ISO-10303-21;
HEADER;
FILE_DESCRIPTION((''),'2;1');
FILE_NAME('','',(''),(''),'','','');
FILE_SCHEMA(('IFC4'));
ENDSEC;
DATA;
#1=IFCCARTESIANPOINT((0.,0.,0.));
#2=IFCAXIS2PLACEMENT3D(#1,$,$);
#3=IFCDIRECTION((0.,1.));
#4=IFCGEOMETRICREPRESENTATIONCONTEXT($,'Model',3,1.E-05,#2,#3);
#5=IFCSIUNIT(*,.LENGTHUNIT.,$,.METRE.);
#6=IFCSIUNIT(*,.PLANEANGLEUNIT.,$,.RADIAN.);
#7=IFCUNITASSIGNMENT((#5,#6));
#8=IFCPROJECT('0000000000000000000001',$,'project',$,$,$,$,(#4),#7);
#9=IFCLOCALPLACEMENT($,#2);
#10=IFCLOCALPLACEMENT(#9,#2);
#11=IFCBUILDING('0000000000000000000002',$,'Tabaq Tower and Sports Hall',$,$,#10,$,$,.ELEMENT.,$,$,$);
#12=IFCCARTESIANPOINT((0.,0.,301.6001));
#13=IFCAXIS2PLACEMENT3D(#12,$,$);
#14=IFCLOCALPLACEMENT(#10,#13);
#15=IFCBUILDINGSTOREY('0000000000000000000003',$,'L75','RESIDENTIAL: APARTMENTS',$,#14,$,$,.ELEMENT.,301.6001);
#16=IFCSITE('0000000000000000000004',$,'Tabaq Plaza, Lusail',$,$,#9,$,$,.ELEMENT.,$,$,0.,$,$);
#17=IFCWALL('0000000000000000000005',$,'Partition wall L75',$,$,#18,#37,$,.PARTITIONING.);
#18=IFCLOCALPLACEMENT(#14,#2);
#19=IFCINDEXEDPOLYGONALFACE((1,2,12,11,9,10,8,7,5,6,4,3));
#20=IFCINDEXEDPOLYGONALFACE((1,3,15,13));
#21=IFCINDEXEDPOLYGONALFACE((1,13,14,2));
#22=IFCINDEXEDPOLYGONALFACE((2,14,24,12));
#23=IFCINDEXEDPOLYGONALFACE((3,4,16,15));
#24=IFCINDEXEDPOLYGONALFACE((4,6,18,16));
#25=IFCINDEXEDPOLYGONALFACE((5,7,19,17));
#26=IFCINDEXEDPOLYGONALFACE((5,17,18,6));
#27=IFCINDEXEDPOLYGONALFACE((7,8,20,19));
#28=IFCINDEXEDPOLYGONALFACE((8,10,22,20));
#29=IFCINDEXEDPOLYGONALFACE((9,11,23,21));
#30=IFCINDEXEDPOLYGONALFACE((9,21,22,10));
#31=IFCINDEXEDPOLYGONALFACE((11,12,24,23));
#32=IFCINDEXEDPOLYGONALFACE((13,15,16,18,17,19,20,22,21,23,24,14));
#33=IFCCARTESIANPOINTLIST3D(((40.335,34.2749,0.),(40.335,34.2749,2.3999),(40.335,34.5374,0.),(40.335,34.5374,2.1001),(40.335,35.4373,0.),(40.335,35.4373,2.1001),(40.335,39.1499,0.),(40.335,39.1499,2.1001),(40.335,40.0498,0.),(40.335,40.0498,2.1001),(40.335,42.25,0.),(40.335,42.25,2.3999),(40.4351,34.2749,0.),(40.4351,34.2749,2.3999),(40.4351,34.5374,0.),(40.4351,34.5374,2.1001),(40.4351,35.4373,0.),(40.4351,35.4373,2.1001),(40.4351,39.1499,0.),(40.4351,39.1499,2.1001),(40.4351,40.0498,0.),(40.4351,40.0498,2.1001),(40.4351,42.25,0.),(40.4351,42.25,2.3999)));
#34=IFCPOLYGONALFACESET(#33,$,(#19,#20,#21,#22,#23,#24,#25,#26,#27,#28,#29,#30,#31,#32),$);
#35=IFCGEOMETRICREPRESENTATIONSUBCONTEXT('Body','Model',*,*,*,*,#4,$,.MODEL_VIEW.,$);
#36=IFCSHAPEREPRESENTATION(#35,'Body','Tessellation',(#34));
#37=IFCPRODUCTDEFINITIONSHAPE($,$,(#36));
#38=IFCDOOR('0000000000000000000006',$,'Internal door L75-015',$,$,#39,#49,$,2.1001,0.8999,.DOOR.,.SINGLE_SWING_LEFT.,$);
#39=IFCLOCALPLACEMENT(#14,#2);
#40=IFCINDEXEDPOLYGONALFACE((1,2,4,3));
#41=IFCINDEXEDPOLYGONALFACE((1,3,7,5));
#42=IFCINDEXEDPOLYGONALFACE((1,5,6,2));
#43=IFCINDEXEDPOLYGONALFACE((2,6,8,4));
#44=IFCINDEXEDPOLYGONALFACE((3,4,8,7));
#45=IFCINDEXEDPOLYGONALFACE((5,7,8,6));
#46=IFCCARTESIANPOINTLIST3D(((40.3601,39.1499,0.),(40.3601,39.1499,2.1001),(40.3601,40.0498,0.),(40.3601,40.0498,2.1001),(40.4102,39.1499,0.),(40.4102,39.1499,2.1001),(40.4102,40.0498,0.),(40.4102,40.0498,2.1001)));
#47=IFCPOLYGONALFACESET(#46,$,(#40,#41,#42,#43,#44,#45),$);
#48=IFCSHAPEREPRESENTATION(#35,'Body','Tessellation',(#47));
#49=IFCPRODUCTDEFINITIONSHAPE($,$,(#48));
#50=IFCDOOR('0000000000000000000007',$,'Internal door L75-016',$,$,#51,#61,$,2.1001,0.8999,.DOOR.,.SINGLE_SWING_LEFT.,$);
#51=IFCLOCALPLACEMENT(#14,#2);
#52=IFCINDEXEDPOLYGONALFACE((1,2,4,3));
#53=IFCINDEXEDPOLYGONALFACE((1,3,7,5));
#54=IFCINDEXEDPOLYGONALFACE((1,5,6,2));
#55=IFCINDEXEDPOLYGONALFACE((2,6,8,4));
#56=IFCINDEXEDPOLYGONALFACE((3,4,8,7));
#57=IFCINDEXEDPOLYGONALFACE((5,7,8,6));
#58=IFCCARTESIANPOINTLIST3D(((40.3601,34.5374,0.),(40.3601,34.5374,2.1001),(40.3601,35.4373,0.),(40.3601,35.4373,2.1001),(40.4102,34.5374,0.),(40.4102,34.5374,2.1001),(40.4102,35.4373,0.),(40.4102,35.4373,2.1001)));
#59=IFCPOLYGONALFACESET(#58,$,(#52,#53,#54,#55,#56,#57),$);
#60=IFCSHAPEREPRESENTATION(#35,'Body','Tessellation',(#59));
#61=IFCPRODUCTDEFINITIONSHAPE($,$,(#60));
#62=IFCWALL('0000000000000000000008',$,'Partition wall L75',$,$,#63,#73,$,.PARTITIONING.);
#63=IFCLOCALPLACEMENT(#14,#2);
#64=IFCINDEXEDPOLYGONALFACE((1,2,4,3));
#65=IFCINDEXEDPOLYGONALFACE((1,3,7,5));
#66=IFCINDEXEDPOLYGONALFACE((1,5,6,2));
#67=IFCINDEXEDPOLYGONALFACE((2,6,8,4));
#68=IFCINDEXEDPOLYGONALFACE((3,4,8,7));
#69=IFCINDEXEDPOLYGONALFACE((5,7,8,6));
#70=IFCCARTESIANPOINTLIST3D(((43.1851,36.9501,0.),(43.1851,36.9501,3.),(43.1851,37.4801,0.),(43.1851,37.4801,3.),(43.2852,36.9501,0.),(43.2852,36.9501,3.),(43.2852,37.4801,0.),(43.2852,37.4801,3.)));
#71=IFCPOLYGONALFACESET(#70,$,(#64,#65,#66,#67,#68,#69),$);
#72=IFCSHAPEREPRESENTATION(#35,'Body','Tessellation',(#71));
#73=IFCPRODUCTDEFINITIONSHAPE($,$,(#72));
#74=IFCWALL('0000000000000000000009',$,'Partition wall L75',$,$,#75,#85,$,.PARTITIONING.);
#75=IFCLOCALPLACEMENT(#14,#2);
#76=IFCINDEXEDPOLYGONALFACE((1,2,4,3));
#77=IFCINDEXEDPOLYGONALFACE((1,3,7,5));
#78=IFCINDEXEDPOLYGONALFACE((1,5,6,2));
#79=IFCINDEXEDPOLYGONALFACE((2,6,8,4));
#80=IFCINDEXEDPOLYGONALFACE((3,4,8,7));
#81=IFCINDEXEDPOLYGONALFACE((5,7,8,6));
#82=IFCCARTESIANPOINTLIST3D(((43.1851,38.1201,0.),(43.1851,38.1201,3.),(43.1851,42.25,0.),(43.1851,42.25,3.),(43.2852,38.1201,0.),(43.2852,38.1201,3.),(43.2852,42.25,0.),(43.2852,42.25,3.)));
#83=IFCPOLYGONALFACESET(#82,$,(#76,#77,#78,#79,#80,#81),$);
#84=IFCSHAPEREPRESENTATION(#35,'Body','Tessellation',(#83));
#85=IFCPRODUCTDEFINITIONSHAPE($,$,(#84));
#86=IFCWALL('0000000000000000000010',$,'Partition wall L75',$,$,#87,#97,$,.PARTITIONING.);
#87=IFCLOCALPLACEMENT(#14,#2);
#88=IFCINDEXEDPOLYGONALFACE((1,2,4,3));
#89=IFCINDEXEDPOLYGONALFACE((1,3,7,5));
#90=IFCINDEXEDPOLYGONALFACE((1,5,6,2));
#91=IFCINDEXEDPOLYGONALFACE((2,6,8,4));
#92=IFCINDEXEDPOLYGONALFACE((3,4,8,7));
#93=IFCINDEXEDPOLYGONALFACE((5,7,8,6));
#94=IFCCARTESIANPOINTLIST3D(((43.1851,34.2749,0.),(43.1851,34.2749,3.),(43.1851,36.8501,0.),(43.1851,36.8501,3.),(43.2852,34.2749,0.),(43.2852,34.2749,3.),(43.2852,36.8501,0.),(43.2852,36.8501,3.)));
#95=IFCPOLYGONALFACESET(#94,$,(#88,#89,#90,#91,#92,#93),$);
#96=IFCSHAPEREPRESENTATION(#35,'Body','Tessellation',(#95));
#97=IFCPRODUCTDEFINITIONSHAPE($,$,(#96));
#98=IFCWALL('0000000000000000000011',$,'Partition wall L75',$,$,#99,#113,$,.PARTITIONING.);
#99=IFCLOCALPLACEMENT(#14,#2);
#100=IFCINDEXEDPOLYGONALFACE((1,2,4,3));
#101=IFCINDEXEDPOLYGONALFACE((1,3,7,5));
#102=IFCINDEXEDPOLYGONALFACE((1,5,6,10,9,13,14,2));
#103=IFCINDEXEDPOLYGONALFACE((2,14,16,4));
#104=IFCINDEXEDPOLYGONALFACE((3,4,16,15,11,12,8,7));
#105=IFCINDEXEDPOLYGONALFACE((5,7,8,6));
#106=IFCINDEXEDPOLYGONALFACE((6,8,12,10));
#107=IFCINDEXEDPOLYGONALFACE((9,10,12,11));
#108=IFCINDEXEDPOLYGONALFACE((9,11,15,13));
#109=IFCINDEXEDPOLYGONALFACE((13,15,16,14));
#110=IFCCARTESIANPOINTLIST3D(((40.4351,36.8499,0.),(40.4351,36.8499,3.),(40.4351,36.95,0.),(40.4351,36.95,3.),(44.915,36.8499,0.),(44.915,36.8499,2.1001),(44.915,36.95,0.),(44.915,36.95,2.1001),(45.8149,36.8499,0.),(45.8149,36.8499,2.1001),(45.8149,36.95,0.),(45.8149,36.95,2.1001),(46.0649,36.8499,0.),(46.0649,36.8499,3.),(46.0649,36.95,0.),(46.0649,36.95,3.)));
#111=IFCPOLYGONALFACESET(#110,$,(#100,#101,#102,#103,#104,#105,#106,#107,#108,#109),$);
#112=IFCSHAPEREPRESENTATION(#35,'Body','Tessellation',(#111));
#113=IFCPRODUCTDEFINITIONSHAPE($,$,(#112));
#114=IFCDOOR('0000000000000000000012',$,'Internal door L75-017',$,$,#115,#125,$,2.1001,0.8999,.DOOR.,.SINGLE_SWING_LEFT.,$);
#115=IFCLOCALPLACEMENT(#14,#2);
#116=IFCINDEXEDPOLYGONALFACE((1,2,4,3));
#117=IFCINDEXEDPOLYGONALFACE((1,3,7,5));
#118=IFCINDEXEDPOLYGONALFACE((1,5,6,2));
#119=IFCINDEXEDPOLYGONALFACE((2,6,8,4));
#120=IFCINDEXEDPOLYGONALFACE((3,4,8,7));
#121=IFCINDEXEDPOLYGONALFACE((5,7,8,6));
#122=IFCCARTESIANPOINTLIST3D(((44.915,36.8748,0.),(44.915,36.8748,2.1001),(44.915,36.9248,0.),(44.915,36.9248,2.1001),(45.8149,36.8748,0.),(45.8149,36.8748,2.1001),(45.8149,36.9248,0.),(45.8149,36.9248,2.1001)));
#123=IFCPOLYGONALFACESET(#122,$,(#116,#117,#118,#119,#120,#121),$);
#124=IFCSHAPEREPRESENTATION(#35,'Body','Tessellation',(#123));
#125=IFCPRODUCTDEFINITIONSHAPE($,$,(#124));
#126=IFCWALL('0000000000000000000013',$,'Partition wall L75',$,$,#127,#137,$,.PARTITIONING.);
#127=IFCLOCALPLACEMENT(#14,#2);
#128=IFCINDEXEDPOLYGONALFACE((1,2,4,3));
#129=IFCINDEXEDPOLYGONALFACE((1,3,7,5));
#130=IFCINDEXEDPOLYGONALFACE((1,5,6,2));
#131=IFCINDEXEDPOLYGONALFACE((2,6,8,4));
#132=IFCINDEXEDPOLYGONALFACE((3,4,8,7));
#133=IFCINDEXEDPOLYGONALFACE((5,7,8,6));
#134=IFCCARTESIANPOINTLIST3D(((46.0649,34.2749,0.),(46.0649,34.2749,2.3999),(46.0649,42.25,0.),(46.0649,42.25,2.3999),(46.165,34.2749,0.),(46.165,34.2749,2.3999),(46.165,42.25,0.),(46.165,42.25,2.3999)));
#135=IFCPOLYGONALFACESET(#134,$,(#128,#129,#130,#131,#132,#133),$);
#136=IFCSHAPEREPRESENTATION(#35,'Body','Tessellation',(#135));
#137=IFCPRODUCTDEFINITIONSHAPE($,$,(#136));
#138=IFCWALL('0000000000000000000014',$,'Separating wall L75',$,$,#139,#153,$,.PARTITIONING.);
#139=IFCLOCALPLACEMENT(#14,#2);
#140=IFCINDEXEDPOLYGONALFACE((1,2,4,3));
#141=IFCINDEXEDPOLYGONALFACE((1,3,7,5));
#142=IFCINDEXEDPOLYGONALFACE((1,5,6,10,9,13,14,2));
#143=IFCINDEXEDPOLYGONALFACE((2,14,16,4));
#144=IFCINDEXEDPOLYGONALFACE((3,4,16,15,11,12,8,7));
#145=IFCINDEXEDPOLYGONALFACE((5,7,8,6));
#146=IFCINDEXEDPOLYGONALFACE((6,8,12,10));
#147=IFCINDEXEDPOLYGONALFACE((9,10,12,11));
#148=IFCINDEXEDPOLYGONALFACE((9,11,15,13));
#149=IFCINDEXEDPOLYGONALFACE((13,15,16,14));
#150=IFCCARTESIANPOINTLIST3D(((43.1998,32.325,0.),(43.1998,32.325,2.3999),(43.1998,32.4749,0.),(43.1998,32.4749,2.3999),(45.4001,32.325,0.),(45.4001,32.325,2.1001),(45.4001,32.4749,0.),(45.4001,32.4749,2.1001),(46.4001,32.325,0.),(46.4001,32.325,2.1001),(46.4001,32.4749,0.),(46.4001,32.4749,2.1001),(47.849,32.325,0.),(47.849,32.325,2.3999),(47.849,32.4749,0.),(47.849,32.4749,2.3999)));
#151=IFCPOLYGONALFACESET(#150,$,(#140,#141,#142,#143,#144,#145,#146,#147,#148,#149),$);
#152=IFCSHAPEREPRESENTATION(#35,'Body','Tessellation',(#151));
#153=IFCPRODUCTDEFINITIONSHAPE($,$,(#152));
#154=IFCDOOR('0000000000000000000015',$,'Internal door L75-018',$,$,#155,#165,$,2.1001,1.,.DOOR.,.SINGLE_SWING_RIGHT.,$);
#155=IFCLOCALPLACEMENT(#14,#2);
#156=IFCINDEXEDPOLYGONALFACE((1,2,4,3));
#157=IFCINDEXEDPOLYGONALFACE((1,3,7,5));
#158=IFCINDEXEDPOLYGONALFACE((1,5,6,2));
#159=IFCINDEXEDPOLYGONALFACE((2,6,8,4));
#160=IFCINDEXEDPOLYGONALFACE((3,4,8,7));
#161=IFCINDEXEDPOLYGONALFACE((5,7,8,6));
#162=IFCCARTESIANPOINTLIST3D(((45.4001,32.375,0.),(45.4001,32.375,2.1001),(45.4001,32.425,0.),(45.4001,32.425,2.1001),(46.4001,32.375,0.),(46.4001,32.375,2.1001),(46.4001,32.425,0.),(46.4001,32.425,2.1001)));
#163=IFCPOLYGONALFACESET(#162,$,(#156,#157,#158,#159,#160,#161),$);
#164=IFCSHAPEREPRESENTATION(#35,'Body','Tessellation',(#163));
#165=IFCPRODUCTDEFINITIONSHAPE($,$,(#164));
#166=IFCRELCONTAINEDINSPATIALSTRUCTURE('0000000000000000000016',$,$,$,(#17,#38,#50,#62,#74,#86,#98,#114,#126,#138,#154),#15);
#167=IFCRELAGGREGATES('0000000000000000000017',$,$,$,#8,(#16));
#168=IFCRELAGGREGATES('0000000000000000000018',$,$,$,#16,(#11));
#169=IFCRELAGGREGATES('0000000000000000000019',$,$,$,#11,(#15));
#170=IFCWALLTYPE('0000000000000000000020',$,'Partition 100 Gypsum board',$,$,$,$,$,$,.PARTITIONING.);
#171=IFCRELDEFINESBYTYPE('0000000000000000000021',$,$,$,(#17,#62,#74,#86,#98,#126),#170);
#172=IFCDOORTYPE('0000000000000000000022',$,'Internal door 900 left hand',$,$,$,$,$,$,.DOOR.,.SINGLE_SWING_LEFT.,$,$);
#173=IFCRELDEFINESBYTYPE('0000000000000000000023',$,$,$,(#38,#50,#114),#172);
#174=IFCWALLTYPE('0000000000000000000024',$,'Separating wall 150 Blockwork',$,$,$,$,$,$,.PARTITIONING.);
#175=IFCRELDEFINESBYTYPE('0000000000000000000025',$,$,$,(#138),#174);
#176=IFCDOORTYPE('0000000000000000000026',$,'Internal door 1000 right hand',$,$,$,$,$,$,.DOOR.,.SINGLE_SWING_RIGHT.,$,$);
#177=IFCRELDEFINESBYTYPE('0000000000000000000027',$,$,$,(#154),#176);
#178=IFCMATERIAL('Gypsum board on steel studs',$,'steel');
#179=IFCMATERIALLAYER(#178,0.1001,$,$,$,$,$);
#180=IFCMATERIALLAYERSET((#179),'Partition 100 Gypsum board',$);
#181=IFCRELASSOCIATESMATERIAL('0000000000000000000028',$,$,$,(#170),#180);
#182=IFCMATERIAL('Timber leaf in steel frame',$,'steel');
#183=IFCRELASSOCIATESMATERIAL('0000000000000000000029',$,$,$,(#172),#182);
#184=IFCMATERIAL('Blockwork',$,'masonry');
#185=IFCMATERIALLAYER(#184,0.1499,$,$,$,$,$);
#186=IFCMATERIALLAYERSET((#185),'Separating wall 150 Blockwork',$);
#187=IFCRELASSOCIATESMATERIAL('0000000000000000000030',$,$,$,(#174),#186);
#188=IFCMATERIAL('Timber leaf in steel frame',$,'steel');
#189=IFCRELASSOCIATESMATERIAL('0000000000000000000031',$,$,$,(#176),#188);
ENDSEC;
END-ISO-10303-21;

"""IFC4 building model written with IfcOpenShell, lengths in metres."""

from ifc_helpers import new_model, si_unit, direction, frame, frame_2d, origin, place, context, subcontext, project, spatial, rectangle, extrude, material, layer, layer_set, type_object, element, fill, save


model = new_model("IFC4")

# Units and contexts
model_context = context("Model", 3, precision=1e-05, world=origin(), true_north=direction((0.0, 1.0)))
body_context = subcontext(model_context, "Body", "Model", "MODEL_VIEW")
ifc_project = project(units=[si_unit("LENGTHUNIT", "METRE"), si_unit("PLANEANGLEUNIT", "RADIAN")], contexts=[model_context])

# Site, building, storey
site_placement = place(None, origin())
site = spatial("IfcSite", under=ifc_project, at=site_placement, Name="Tabaq Plaza, Lusail", CompositionType="ELEMENT", RefElevation=0.0)
building_placement = place(site_placement, origin())
building = spatial("IfcBuilding", under=site, at=building_placement, Name="Tabaq Tower and Sports Hall", CompositionType="ELEMENT")
storey_placement = place(building_placement, frame((0.0, 0.0, 301.6001)))
storey = spatial("IfcBuildingStorey", under=building, at=storey_placement, Name="L75", Description="RESIDENTIAL: APARTMENTS", CompositionType="ELEMENT", Elevation=301.6001)

# Shared definitions
ifc_material_1 = material(Name="Gypsum board on steel studs", Category="steel")
ifc_layer_1 = layer(ifc_material_1, 0.1001)
ifc_layer_set_1 = layer_set([ifc_layer_1], Name="Partition 100 Gypsum board")
wall_type_1 = type_object("IfcWallType", Name="Partition 100 Gypsum board", PredefinedType="PARTITIONING", material=ifc_layer_set_1)
ifc_material_2 = material(Name="Timber leaf in steel frame", Category="steel")
door_type_1 = type_object("IfcDoorType", Name="Internal door 900 left hand", OperationType="SINGLE_SWING_LEFT", PredefinedType="DOOR", material=ifc_material_2)

# Wall, openings, doors
wall_1_placement = place(storey_placement, frame((40.385, 34.2749, 0.0), z_axis=(0.0, 0.0, 1.0), x_axis=(0.0, 1.0, 0.0)))
wall_1 = element("IfcWall", 1, at=wall_1_placement, inside=storey, type_object=wall_type_1, Name="Partition wall L75", PredefinedType="PARTITIONING", context=body_context, shape_type="SweptSolid", body=[
    extrude(rectangle(XDim=7.9751, YDim=0.1001, at=frame_2d((3.9875, 0.0))), origin(), (0.0, 0.0, 1.0), 2.3999),
])
opening_1_placement = place(wall_1_placement, frame((4.875, 0.0, 0.0)))
opening_1 = element("IfcOpeningElement", 2, at=opening_1_placement, cuts=wall_1, PredefinedType="OPENING", context=body_context, shape_type="SweptSolid", body=[
    extrude(rectangle(XDim=0.8999, YDim=2.1001, at=frame_2d((0.45, 1.05))), frame((0.0, 0.05, 0.0), z_axis=(0.0, -1.0, 0.0), x_axis=(1.0, 0.0, 0.0)), (0.0, 0.0, 1.0), 0.1001),
])
opening_2_placement = place(wall_1_placement, frame((0.2625, 0.0, 0.0)))
opening_2 = element("IfcOpeningElement", 3, at=opening_2_placement, cuts=wall_1, PredefinedType="OPENING", context=body_context, shape_type="SweptSolid", body=[
    extrude(rectangle(XDim=0.8999, YDim=2.1001, at=frame_2d((0.45, 1.05))), frame((0.0, 0.05, 0.0), z_axis=(0.0, -1.0, 0.0), x_axis=(1.0, 0.0, 0.0)), (0.0, 0.0, 1.0), 0.1001),
])
door_1_placement = place(opening_1_placement, origin())
door_1 = element("IfcDoor", 4, at=door_1_placement, inside=storey, type_object=door_type_1, Name="Internal door L75-015", OperationType="SINGLE_SWING_LEFT", OverallHeight=2.1001, OverallWidth=0.8999, PredefinedType="DOOR", context=body_context, shape_type="SweptSolid", body=[
    extrude(rectangle(XDim=0.8999, YDim=2.1001, at=frame_2d((0.45, 1.05))), frame((0.0, 0.0249, 0.0), z_axis=(0.0, -1.0, 0.0), x_axis=(1.0, 0.0, 0.0)), (0.0, 0.0, 1.0), 0.05),
])
fill(opening_1, door_1)
door_2_placement = place(opening_2_placement, origin())
door_2 = element("IfcDoor", 5, at=door_2_placement, inside=storey, type_object=door_type_1, Name="Internal door L75-016", OperationType="SINGLE_SWING_LEFT", OverallHeight=2.1001, OverallWidth=0.8999, PredefinedType="DOOR", context=body_context, shape_type="SweptSolid", body=[
    extrude(rectangle(XDim=0.8999, YDim=2.1001, at=frame_2d((0.45, 1.05))), frame((0.0, 0.0249, 0.0), z_axis=(0.0, -1.0, 0.0), x_axis=(1.0, 0.0, 0.0)), (0.0, 0.0, 1.0), 0.05),
])
fill(opening_2, door_2)

# Walls
wall_2_placement = place(storey_placement, frame((43.2351, 36.95, 0.0), z_axis=(0.0, 0.0, 1.0), x_axis=(0.0, 1.0, 0.0)))
element("IfcWall", 6, at=wall_2_placement, inside=storey, type_object=wall_type_1, Name="Partition wall L75", PredefinedType="PARTITIONING", context=body_context, shape_type="SweptSolid", body=[
    extrude(rectangle(XDim=0.53, YDim=0.1001, at=frame_2d((0.2651, 0.0))), origin(), (0.0, 0.0, 1.0), 3.0),
])
wall_3_placement = place(storey_placement, frame((43.2351, 38.1201, 0.0), z_axis=(0.0, 0.0, 1.0), x_axis=(0.0, 1.0, 0.0)))
element("IfcWall", 7, at=wall_3_placement, inside=storey, type_object=wall_type_1, Name="Partition wall L75", PredefinedType="PARTITIONING", context=body_context, shape_type="SweptSolid", body=[
    extrude(rectangle(XDim=4.1299, YDim=0.1001, at=frame_2d((2.0649, 0.0))), origin(), (0.0, 0.0, 1.0), 3.0),
])
wall_4_placement = place(storey_placement, frame((43.2351, 34.2749, 0.0), z_axis=(0.0, 0.0, 1.0), x_axis=(0.0, 1.0, 0.0)))
element("IfcWall", 8, at=wall_4_placement, inside=storey, type_object=wall_type_1, Name="Partition wall L75", PredefinedType="PARTITIONING", context=body_context, shape_type="SweptSolid", body=[
    extrude(rectangle(XDim=2.5752, YDim=0.1001, at=frame_2d((1.2876, 0.0))), origin(), (0.0, 0.0, 1.0), 3.0),
])

# Wall, opening, door
wall_5_placement = place(storey_placement, frame((40.4351, 36.8999, 0.0), z_axis=(0.0, 0.0, 1.0), x_axis=(1.0, 0.0, 0.0)))
wall_5 = element("IfcWall", 9, at=wall_5_placement, inside=storey, type_object=wall_type_1, Name="Partition wall L75", PredefinedType="PARTITIONING", context=body_context, shape_type="SweptSolid", body=[
    extrude(rectangle(XDim=5.6299, YDim=0.1001, at=frame_2d((2.8149, 0.0))), origin(), (0.0, 0.0, 1.0), 3.0),
])
opening_3_placement = place(wall_5_placement, frame((4.48, 0.0, 0.0)))
opening_3 = element("IfcOpeningElement", 10, at=opening_3_placement, cuts=wall_5, PredefinedType="OPENING", context=body_context, shape_type="SweptSolid", body=[
    extrude(rectangle(XDim=0.8999, YDim=2.1001, at=frame_2d((0.45, 1.05))), frame((0.0, 0.05, 0.0), z_axis=(0.0, -1.0, 0.0), x_axis=(1.0, 0.0, 0.0)), (0.0, 0.0, 1.0), 0.1001),
])
door_3_placement = place(opening_3_placement, origin())
door_3 = element("IfcDoor", 11, at=door_3_placement, inside=storey, type_object=door_type_1, Name="Internal door L75-017", OperationType="SINGLE_SWING_LEFT", OverallHeight=2.1001, OverallWidth=0.8999, PredefinedType="DOOR", context=body_context, shape_type="SweptSolid", body=[
    extrude(rectangle(XDim=0.8999, YDim=2.1001, at=frame_2d((0.45, 1.05))), frame((0.0, 0.0249, 0.0), z_axis=(0.0, -1.0, 0.0), x_axis=(1.0, 0.0, 0.0)), (0.0, 0.0, 1.0), 0.05),
])
fill(opening_3, door_3)

# Wall
wall_6_placement = place(storey_placement, frame((46.115, 34.2749, 0.0), z_axis=(0.0, 0.0, 1.0), x_axis=(0.0, 1.0, 0.0)))
element("IfcWall", 12, at=wall_6_placement, inside=storey, type_object=wall_type_1, Name="Partition wall L75", PredefinedType="PARTITIONING", context=body_context, shape_type="SweptSolid", body=[
    extrude(rectangle(XDim=7.9751, YDim=0.1001, at=frame_2d((3.9875, 0.0))), origin(), (0.0, 0.0, 1.0), 2.3999),
])

# Wall, opening, door
ifc_material_3 = material(Name="Blockwork", Category="masonry")
ifc_layer_2 = layer(ifc_material_3, 0.1499)
ifc_layer_set_2 = layer_set([ifc_layer_2], Name="Separating wall 150 Blockwork")
wall_type_2 = type_object("IfcWallType", Name="Separating wall 150 Blockwork", PredefinedType="PARTITIONING", material=ifc_layer_set_2)
wall_7_placement = place(storey_placement, frame((47.8491, 32.3999, 0.0), z_axis=(0.0, 0.0, 1.0), x_axis=(-1.0, 0.0, 0.0)))
wall_7 = element("IfcWall", 13, at=wall_7_placement, inside=storey, type_object=wall_type_2, Name="Separating wall L75", PredefinedType="PARTITIONING", context=body_context, shape_type="SweptSolid", body=[
    extrude(rectangle(XDim=4.6492, YDim=0.1499, at=frame_2d((2.3247, 0.0))), origin(), (0.0, 0.0, 1.0), 2.3999),
])
opening_4_placement = place(wall_7_placement, frame((1.449, 0.0, 0.0)))
opening_4 = element("IfcOpeningElement", 14, at=opening_4_placement, cuts=wall_7, PredefinedType="OPENING", context=body_context, shape_type="SweptSolid", body=[
    extrude(rectangle(XDim=1.0, YDim=2.1001, at=frame_2d((0.5, 1.05))), frame((0.0, 0.075, 0.0), z_axis=(0.0, -1.0, 0.0), x_axis=(1.0, 0.0, 0.0)), (0.0, 0.0, 1.0), 0.1499),
])
ifc_material_4 = material(Name="Timber leaf in steel frame", Category="steel")
door_type_2 = type_object("IfcDoorType", Name="Internal door 1000 right hand", OperationType="SINGLE_SWING_RIGHT", PredefinedType="DOOR", material=ifc_material_4)
door_4_placement = place(opening_4_placement, origin())
door_4 = element("IfcDoor", 15, at=door_4_placement, inside=storey, type_object=door_type_2, Name="Internal door L75-018", OperationType="SINGLE_SWING_RIGHT", OverallHeight=2.1001, OverallWidth=1.0, PredefinedType="DOOR", context=body_context, shape_type="SweptSolid", body=[
    extrude(rectangle(XDim=1.0, YDim=2.1001, at=frame_2d((0.5, 1.05))), frame((0.0, 0.0249, 0.0), z_axis=(0.0, -1.0, 0.0), x_axis=(1.0, 0.0, 0.0)), (0.0, 0.0, 1.0), 0.05),
])
fill(opening_4, door_4)

save(model, "model.ifc")
